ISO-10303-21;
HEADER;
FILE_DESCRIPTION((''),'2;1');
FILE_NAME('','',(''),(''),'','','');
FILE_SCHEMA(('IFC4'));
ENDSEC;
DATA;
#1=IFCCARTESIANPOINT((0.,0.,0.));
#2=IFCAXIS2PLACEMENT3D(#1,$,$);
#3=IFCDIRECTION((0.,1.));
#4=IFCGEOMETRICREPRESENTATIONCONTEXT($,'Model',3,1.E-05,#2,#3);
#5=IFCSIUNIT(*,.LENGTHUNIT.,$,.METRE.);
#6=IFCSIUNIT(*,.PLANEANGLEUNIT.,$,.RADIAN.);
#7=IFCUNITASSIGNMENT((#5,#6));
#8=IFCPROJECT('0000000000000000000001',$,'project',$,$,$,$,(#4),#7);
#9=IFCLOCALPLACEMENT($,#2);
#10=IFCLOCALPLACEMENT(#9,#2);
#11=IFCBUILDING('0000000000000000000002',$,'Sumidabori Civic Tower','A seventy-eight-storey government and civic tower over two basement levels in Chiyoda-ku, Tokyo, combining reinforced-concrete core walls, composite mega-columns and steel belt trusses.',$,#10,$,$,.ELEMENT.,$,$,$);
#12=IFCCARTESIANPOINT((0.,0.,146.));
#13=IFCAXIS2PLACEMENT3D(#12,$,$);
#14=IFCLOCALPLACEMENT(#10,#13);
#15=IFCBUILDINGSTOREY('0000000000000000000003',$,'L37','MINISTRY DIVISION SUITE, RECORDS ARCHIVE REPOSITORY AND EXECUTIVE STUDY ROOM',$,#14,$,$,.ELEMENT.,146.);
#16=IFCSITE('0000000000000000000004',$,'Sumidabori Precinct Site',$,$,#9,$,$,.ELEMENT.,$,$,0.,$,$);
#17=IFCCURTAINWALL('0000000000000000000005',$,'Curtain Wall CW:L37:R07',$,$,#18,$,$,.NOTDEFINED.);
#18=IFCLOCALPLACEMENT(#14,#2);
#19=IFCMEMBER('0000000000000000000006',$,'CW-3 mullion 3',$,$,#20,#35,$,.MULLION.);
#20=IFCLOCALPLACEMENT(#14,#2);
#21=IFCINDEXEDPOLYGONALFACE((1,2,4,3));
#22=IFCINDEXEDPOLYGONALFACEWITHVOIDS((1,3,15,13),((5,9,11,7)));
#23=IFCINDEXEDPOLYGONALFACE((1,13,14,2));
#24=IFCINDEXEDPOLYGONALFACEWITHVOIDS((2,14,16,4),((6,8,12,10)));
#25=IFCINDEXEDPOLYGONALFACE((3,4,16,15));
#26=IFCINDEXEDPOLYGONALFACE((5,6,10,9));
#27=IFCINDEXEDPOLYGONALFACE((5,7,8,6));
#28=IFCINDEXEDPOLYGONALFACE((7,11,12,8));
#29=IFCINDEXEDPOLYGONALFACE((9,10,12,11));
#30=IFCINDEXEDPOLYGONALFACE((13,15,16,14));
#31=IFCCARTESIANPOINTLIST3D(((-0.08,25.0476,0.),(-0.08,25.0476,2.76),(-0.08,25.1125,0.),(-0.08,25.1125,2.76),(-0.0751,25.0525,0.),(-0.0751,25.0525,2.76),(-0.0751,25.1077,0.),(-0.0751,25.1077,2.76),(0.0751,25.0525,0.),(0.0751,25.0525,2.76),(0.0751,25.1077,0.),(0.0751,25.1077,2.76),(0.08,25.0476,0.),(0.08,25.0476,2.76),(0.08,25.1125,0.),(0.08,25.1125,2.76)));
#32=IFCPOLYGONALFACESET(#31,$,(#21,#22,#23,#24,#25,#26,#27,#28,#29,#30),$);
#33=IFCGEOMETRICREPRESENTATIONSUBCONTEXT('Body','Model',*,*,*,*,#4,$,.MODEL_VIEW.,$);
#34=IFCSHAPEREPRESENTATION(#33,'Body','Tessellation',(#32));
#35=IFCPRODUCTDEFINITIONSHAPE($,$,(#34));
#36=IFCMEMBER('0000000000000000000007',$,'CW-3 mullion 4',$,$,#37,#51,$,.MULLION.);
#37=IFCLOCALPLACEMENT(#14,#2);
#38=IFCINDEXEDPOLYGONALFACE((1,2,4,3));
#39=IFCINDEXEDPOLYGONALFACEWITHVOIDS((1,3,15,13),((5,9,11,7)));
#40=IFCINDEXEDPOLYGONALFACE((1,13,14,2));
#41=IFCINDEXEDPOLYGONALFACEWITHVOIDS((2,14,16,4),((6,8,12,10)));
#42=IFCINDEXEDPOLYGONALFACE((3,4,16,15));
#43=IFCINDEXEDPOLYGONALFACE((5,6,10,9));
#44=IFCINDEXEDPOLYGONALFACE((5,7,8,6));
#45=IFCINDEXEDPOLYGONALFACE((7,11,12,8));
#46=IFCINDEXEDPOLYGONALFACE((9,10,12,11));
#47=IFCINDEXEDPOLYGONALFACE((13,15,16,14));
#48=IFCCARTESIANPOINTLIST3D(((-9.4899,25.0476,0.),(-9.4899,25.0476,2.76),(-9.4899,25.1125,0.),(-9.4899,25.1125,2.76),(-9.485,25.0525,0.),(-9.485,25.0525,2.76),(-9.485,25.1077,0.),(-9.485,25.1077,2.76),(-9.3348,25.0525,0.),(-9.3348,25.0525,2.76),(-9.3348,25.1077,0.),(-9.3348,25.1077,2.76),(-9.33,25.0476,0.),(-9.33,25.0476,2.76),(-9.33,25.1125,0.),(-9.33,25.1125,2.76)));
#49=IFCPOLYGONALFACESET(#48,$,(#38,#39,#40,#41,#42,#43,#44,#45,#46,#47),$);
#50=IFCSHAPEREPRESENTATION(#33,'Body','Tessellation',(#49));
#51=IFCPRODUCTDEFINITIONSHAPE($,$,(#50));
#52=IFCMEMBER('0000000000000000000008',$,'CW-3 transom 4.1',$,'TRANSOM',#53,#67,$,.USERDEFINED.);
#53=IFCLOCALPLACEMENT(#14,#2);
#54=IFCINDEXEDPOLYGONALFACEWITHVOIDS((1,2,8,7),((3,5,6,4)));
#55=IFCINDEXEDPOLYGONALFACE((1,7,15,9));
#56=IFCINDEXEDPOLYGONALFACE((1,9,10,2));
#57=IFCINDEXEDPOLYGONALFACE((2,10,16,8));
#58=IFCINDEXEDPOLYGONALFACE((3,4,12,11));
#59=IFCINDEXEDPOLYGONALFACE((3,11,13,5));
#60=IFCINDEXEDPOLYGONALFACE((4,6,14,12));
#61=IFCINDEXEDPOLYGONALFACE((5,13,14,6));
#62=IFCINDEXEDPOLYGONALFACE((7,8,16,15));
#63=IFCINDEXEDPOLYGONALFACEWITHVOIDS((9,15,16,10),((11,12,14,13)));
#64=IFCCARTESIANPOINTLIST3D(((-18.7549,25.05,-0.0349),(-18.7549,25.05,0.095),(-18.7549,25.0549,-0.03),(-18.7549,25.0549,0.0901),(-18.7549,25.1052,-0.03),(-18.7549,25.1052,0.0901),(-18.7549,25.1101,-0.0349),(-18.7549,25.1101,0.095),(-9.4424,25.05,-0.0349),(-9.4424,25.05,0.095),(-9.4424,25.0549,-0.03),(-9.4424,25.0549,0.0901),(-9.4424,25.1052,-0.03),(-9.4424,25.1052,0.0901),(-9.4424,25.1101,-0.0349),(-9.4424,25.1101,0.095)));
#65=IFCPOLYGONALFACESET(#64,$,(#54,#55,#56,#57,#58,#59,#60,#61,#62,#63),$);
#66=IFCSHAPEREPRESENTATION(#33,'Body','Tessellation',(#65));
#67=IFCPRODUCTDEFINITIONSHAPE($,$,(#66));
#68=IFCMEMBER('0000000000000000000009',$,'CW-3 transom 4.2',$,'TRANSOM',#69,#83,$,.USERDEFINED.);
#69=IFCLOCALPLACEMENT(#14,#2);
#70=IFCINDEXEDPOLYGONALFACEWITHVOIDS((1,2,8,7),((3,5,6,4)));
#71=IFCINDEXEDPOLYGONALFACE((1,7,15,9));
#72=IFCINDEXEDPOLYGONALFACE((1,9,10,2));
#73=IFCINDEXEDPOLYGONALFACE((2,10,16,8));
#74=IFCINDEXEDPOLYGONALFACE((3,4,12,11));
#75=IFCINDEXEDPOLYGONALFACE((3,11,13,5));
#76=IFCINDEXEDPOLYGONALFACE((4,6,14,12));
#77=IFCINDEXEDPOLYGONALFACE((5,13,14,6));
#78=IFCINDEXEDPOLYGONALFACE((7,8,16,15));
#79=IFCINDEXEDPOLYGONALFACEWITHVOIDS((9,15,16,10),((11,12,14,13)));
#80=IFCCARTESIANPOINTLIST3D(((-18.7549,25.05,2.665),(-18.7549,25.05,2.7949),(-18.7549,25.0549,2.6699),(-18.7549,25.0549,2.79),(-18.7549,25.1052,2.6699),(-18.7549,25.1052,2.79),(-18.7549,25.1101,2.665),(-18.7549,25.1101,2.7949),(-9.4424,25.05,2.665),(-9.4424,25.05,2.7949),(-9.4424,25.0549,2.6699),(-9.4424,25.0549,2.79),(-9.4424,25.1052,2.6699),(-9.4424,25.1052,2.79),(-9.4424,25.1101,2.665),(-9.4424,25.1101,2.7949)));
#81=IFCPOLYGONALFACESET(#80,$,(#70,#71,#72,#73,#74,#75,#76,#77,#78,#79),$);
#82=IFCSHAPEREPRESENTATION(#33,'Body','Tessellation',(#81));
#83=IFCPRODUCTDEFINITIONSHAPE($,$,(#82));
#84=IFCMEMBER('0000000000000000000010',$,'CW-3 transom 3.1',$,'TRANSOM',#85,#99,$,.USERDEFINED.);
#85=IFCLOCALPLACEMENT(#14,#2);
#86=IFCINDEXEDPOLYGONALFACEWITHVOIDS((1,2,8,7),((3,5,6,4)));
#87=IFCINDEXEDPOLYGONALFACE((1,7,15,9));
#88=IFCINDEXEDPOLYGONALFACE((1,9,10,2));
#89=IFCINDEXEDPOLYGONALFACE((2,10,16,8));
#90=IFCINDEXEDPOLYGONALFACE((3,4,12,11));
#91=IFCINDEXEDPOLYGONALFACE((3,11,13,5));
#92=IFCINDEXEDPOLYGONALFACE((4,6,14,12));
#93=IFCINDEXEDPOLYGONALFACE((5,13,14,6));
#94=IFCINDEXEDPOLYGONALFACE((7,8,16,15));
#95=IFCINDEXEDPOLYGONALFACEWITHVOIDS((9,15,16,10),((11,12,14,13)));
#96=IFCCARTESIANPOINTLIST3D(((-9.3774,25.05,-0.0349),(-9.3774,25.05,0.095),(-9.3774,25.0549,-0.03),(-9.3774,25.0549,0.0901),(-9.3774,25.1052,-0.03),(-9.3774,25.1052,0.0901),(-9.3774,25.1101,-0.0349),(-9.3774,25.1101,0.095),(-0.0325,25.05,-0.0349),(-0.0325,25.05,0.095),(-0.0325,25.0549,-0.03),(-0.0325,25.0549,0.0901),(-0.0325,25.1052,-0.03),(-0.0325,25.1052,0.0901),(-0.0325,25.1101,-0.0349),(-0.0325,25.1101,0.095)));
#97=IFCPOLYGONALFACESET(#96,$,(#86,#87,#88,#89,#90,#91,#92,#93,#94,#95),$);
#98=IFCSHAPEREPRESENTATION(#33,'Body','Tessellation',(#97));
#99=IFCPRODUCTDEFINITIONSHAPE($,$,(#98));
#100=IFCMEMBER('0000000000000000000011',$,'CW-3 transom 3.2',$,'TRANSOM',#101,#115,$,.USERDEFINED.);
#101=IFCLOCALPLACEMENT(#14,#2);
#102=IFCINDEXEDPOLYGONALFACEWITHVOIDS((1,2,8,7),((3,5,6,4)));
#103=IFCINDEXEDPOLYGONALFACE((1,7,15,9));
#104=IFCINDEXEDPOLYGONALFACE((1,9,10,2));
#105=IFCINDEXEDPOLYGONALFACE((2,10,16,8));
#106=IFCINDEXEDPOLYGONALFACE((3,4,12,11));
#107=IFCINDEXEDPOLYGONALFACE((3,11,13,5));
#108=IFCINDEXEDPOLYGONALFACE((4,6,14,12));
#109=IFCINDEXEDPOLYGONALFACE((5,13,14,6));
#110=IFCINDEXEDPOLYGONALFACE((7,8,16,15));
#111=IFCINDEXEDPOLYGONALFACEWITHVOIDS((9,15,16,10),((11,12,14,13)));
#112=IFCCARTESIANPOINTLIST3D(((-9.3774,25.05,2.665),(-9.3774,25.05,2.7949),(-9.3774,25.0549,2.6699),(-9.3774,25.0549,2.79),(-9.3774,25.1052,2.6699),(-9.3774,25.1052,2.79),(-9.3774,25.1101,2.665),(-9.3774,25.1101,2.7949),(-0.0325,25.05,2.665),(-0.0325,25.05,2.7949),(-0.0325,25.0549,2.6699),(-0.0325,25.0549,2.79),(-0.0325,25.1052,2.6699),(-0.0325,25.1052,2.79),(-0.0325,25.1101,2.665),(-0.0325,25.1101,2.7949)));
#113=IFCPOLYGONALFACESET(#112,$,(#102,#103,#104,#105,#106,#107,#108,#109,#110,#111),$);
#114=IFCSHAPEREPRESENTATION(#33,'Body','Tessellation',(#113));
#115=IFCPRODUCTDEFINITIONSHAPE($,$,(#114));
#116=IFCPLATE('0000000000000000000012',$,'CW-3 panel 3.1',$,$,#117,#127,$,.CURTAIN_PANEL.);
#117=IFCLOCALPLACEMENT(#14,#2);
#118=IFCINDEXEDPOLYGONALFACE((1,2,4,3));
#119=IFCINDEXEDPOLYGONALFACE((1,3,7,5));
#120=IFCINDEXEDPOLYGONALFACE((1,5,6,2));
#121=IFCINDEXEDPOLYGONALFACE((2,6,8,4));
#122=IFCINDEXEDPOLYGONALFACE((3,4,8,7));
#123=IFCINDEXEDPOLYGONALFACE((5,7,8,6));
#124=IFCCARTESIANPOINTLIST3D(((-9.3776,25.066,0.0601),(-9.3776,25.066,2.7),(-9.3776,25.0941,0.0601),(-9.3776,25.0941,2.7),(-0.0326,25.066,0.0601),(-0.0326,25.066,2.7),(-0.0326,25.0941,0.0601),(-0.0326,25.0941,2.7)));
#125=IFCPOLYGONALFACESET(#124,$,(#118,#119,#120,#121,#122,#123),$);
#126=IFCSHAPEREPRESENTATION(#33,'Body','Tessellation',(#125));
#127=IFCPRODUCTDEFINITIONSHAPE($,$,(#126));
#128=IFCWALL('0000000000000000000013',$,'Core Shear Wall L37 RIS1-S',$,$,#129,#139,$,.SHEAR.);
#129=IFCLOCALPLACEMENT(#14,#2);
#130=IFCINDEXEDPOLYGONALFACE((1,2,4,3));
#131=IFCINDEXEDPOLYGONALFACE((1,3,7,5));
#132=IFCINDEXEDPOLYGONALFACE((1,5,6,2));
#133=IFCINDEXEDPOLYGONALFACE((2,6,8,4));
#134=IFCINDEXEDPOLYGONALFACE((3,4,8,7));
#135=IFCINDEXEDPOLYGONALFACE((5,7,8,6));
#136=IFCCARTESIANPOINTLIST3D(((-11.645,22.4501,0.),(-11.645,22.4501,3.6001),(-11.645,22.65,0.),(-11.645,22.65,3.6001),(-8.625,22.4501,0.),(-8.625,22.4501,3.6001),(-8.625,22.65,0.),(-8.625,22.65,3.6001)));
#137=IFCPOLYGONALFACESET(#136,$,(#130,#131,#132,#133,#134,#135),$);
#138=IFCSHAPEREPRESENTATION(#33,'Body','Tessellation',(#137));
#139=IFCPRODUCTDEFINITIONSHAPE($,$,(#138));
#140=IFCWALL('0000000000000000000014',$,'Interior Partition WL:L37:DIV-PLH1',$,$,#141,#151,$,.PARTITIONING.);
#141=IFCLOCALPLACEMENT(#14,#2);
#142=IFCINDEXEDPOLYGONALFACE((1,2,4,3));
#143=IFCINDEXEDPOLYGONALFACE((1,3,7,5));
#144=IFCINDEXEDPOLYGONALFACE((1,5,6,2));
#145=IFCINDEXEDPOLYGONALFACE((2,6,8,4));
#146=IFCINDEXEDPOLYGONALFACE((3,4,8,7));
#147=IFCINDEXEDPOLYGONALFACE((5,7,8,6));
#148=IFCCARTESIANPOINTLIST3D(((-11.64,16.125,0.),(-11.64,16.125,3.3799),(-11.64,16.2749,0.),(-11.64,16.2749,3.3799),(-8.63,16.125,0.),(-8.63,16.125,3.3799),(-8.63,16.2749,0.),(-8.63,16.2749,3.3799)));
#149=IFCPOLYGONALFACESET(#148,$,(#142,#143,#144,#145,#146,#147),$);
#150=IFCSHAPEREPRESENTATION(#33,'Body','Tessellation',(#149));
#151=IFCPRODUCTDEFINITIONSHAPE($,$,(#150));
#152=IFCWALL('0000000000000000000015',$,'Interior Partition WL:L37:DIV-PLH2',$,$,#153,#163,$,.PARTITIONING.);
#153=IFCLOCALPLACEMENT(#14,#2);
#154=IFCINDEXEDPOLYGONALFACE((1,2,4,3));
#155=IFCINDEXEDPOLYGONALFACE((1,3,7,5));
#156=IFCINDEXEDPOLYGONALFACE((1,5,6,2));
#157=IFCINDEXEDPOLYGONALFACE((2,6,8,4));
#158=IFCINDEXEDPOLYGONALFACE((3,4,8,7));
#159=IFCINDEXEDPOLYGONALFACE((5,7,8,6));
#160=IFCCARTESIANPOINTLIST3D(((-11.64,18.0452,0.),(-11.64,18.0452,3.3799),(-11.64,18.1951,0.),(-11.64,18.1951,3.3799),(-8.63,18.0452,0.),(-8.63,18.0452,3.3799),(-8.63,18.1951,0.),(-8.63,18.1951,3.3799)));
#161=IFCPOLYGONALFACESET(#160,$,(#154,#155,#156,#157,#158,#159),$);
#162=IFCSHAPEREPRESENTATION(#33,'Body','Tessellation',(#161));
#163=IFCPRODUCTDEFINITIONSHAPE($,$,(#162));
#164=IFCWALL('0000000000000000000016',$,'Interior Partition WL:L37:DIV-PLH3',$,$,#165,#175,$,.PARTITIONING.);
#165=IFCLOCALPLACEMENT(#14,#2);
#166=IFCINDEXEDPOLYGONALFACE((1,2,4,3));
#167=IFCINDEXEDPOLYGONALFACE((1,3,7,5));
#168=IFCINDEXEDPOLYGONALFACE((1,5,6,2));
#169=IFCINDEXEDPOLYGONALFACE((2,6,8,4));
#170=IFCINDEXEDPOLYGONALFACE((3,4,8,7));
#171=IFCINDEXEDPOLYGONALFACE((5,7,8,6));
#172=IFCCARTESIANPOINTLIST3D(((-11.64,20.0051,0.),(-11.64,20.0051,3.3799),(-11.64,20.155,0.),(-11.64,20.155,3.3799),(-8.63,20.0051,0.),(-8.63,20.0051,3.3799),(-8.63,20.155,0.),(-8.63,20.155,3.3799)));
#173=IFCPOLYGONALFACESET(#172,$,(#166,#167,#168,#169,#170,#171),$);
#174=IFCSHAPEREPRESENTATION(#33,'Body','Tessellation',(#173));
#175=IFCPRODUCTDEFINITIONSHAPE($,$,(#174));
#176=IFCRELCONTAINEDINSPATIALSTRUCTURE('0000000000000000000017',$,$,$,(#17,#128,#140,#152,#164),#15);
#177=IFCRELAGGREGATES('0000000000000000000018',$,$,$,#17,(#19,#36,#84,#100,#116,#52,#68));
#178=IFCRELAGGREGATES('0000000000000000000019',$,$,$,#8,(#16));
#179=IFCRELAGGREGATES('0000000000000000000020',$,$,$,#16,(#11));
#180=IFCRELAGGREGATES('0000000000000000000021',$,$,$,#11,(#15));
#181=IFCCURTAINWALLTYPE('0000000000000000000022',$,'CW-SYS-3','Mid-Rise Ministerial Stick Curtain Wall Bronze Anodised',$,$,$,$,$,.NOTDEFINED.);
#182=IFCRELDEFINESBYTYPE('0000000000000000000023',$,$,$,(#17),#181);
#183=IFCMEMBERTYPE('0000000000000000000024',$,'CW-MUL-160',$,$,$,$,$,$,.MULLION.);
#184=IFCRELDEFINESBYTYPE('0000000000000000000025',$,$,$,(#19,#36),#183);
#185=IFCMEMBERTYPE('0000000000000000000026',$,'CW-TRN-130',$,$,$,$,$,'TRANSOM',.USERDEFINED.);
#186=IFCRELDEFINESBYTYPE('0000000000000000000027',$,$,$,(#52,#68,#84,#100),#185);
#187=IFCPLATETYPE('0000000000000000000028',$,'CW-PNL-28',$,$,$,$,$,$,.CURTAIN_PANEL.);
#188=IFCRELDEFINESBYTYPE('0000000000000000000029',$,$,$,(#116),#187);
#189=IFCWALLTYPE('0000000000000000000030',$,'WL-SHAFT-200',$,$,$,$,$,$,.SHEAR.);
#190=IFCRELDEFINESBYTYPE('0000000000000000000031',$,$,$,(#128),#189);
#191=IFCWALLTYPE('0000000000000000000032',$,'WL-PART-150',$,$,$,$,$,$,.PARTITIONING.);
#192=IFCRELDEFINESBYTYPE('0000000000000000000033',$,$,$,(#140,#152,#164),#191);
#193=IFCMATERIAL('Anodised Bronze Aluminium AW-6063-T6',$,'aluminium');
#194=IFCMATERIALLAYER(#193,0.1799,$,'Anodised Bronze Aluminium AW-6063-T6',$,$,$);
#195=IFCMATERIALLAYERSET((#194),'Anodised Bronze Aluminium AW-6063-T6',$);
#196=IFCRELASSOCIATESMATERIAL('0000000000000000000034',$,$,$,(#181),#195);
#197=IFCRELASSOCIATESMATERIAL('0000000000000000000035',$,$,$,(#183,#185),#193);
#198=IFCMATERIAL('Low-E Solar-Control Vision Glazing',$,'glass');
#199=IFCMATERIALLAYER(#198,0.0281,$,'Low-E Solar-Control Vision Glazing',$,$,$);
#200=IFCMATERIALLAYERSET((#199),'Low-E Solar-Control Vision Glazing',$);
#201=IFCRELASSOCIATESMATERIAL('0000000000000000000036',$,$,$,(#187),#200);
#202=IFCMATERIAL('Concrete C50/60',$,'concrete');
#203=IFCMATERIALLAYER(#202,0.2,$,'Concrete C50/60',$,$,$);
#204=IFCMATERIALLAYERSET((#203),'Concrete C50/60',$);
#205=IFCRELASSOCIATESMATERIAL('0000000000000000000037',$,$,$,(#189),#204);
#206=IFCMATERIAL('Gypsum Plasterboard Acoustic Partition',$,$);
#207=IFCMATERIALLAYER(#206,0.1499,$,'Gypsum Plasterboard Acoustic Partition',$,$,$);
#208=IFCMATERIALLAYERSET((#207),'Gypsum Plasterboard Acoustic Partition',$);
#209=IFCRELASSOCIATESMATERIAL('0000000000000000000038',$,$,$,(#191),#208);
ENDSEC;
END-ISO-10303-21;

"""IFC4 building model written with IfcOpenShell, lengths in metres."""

from ifc_helpers import new_model, si_unit, direction, frame, frame_2d, origin, origin_2d, place, context, subcontext, project, spatial, rectangle, hollow_rectangle, extrude, source, transform, mapped, material, layer, layer_set, material_profile, profile_set, type_object, element, aggregate, save


model = new_model("IFC4")

# Units and contexts
model_context = context("Model", 3, precision=1e-05, world=origin(), true_north=direction((0.0, 1.0)))
body_context = subcontext(model_context, "Body", "Model", "MODEL_VIEW")
ifc_project = project(units=[si_unit("LENGTHUNIT", "METRE"), si_unit("PLANEANGLEUNIT", "RADIAN")], contexts=[model_context])

# Site, building, storey
site_placement = place(None, origin())
site = spatial("IfcSite", under=ifc_project, at=site_placement, Name="Sumidabori Precinct Site", CompositionType="ELEMENT", RefElevation=0.0)
building_placement = place(site_placement, origin())
building = spatial("IfcBuilding", under=site, at=building_placement, Name="Sumidabori Civic Tower", Description="A seventy-eight-storey government and civic tower over two basement levels in Chiyoda-ku, Tokyo, combining reinforced-concrete core walls, composite mega-columns and steel belt trusses.", CompositionType="ELEMENT")
storey_placement = place(building_placement, frame((0.0, 0.0, 146.0)))
storey = spatial("IfcBuildingStorey", under=building, at=storey_placement, Name="L37", Description="MINISTRY DIVISION SUITE, RECORDS ARCHIVE REPOSITORY AND EXECUTIVE STUDY ROOM", CompositionType="ELEMENT", Elevation=146.0)

# Curtain wall, members, plate
ifc_material_1 = material(Name="Anodised Bronze Aluminium AW-6063-T6", Category="aluminium")
ifc_layer_1 = layer(ifc_material_1, 0.1799, Name="Anodised Bronze Aluminium AW-6063-T6")
ifc_layer_set_1 = layer_set([ifc_layer_1], Name="Anodised Bronze Aluminium AW-6063-T6")
curtain_wall_type = type_object("IfcCurtainWallType", Name="CW-SYS-3", Description="Mid-Rise Ministerial Stick Curtain Wall Bronze Anodised", PredefinedType="NOTDEFINED", material=ifc_layer_set_1)
curtain_wall_placement = place(storey_placement, origin())
curtain_wall = element("IfcCurtainWall", 1, at=curtain_wall_placement, inside=storey, type_object=curtain_wall_type, Name="Curtain Wall CW:L37:R07", PredefinedType="NOTDEFINED")
ifc_material_profile_1 = material_profile(ifc_material_1, hollow_rectangle(XDim=0.0649, YDim=0.1599, WallThickness=0.0049, at=origin_2d()), Name="ALU MULLION 160x65")
ifc_profile_set_1 = profile_set([ifc_material_profile_1], Name="Anodised Bronze Aluminium AW-6063-T6")
member_type_1 = type_object("IfcMemberType", Name="CW-MUL-160", PredefinedType="MULLION", material=ifc_profile_set_1)
shared_shape_1 = source(origin(), body_context, "Body", "SweptSolid", [
    extrude(hollow_rectangle(XDim=0.0649, YDim=0.1599, WallThickness=0.0049, at=origin_2d()), origin(), (0.0, 0.0, 1.0), 2.76),
])
member_1_placement = place(storey_placement, frame((0.0, 25.0801, 0.0), z_axis=(0.0, 0.0, 1.0), x_axis=(0.0, -1.0, 0.0)))
member_1 = element("IfcMember", 2, at=member_1_placement, type_object=member_type_1, Name="CW-3 mullion 3", PredefinedType="MULLION", context=body_context, shape_type="MappedRepresentation", body=[
    mapped(shared_shape_1, transform((0.0, 0.0, 0.0), x_axis=(1.0, 0.0, 0.0), y_axis=(0.0, 1.0, 0.0), z_axis=(0.0, 0.0, 1.0), scale=1.0)),
])
member_2_placement = place(storey_placement, frame((-9.4099, 25.0801, 0.0), z_axis=(0.0, 0.0, 1.0), x_axis=(0.0, -1.0, 0.0)))
member_2 = element("IfcMember", 3, at=member_2_placement, type_object=member_type_1, Name="CW-3 mullion 4", PredefinedType="MULLION", context=body_context, shape_type="MappedRepresentation", body=[
    mapped(shared_shape_1, transform((0.0, 0.0, 0.0), x_axis=(1.0, 0.0, 0.0), y_axis=(0.0, 1.0, 0.0), z_axis=(0.0, 0.0, 1.0), scale=1.0)),
])
ifc_material_profile_2 = material_profile(ifc_material_1, hollow_rectangle(XDim=0.0601, YDim=0.1299, WallThickness=0.0049, at=origin_2d()), Name="ALU TRANSOM 130x60")
ifc_profile_set_2 = profile_set([ifc_material_profile_2], Name="Anodised Bronze Aluminium AW-6063-T6")
member_type_2 = type_object("IfcMemberType", Name="CW-TRN-130", ElementType="TRANSOM", PredefinedType="USERDEFINED", material=ifc_profile_set_2)
shared_shape_2 = source(origin(), body_context, "Body", "SweptSolid", [
    extrude(hollow_rectangle(XDim=0.0601, YDim=0.1299, WallThickness=0.0049, at=origin_2d()), origin(), (0.0, 0.0, 1.0), 9.3125),
])
member_3_placement = place(storey_placement, frame((-9.4424, 25.0801, 0.03), z_axis=(-1.0, 0.0, 0.0), x_axis=(0.0, -1.0, 0.0)))
member_3 = element("IfcMember", 4, at=member_3_placement, type_object=member_type_2, Name="CW-3 transom 4.1", ObjectType="TRANSOM", PredefinedType="USERDEFINED", context=body_context, shape_type="MappedRepresentation", body=[
    mapped(shared_shape_2, transform((0.0, 0.0, 0.0), x_axis=(1.0, 0.0, 0.0), y_axis=(0.0, 1.0, 0.0), z_axis=(0.0, 0.0, 1.0), scale=1.0)),
])
member_4_placement = place(storey_placement, frame((-9.4424, 25.0801, 2.73), z_axis=(-1.0, 0.0, 0.0), x_axis=(0.0, -1.0, 0.0)))
member_4 = element("IfcMember", 5, at=member_4_placement, type_object=member_type_2, Name="CW-3 transom 4.2", ObjectType="TRANSOM", PredefinedType="USERDEFINED", context=body_context, shape_type="MappedRepresentation", body=[
    mapped(shared_shape_2, transform((0.0, 0.0, 0.0), x_axis=(1.0, 0.0, 0.0), y_axis=(0.0, 1.0, 0.0), z_axis=(0.0, 0.0, 1.0), scale=1.0)),
])
shared_shape_3 = source(origin(), body_context, "Body", "SweptSolid", [
    extrude(hollow_rectangle(XDim=0.0601, YDim=0.1299, WallThickness=0.0049, at=origin_2d()), origin(), (0.0, 0.0, 1.0), 9.345),
])
member_5_placement = place(storey_placement, frame((-0.0325, 25.0801, 0.03), z_axis=(-1.0, 0.0, 0.0), x_axis=(0.0, -1.0, 0.0)))
member_5 = element("IfcMember", 6, at=member_5_placement, type_object=member_type_2, Name="CW-3 transom 3.1", ObjectType="TRANSOM", PredefinedType="USERDEFINED", context=body_context, shape_type="MappedRepresentation", body=[
    mapped(shared_shape_3, transform((0.0, 0.0, 0.0), x_axis=(1.0, 0.0, 0.0), y_axis=(0.0, 1.0, 0.0), z_axis=(0.0, 0.0, 1.0), scale=1.0)),
])
member_6_placement = place(storey_placement, frame((-0.0325, 25.0801, 2.73), z_axis=(-1.0, 0.0, 0.0), x_axis=(0.0, -1.0, 0.0)))
member_6 = element("IfcMember", 7, at=member_6_placement, type_object=member_type_2, Name="CW-3 transom 3.2", ObjectType="TRANSOM", PredefinedType="USERDEFINED", context=body_context, shape_type="MappedRepresentation", body=[
    mapped(shared_shape_3, transform((0.0, 0.0, 0.0), x_axis=(1.0, 0.0, 0.0), y_axis=(0.0, 1.0, 0.0), z_axis=(0.0, 0.0, 1.0), scale=1.0)),
])
ifc_material_2 = material(Name="Low-E Solar-Control Vision Glazing", Category="glass")
ifc_layer_2 = layer(ifc_material_2, 0.0281, Name="Low-E Solar-Control Vision Glazing")
ifc_layer_set_2 = layer_set([ifc_layer_2], Name="Low-E Solar-Control Vision Glazing")
plate_type = type_object("IfcPlateType", Name="CW-PNL-28", PredefinedType="CURTAIN_PANEL", material=ifc_layer_set_2)
shared_shape_4 = source(origin(), body_context, "Body", "SweptSolid", [
    extrude(rectangle(XDim=9.345, YDim=0.0281, at=origin_2d()), origin(), (0.0, 0.0, 1.0), 2.6399),
])
plate_placement = place(storey_placement, frame((-4.7051, 25.0801, 0.0601), z_axis=(0.0, 0.0, 1.0), x_axis=(-1.0, 0.0, 0.0)))
plate = element("IfcPlate", 8, at=plate_placement, type_object=plate_type, Name="CW-3 panel 3.1", PredefinedType="CURTAIN_PANEL", context=body_context, shape_type="MappedRepresentation", body=[
    mapped(shared_shape_4, transform((0.0, 0.0, 0.0), x_axis=(1.0, 0.0, 0.0), y_axis=(0.0, 1.0, 0.0), z_axis=(0.0, 0.0, 1.0), scale=1.0)),
])
aggregate(curtain_wall, [member_1, member_2, member_5, member_6, plate, member_3, member_4])

# Walls
ifc_material_3 = material(Name="Concrete C50/60", Category="concrete")
ifc_layer_3 = layer(ifc_material_3, 0.2, Name="Concrete C50/60")
ifc_layer_set_3 = layer_set([ifc_layer_3], Name="Concrete C50/60")
wall_type_1 = type_object("IfcWallType", Name="WL-SHAFT-200", PredefinedType="SHEAR", material=ifc_layer_set_3)
shared_shape_5 = source(origin(), body_context, "Body", "SweptSolid", [
    extrude(rectangle(XDim=3.02, YDim=0.2, at=frame_2d((1.51, 0.0))), origin(), (0.0, 0.0, 1.0), 3.6001),
])
wall_1_placement = place(storey_placement, frame((-11.645, 22.55, 0.0), z_axis=(0.0, 0.0, 1.0), x_axis=(1.0, 0.0, 0.0)))
element("IfcWall", 9, at=wall_1_placement, inside=storey, type_object=wall_type_1, Name="Core Shear Wall L37 RIS1-S", PredefinedType="SHEAR", context=body_context, shape_type="MappedRepresentation", body=[
    mapped(shared_shape_5, transform((0.0, 0.0, 0.0), x_axis=(1.0, 0.0, 0.0), y_axis=(0.0, 1.0, 0.0), z_axis=(0.0, 0.0, 1.0), scale=1.0)),
])
ifc_material_4 = material(Name="Gypsum Plasterboard Acoustic Partition")
ifc_layer_4 = layer(ifc_material_4, 0.1499, Name="Gypsum Plasterboard Acoustic Partition")
ifc_layer_set_4 = layer_set([ifc_layer_4], Name="Gypsum Plasterboard Acoustic Partition")
wall_type_2 = type_object("IfcWallType", Name="WL-PART-150", PredefinedType="PARTITIONING", material=ifc_layer_set_4)
shared_shape_6 = source(origin(), body_context, "Body", "SweptSolid", [
    extrude(rectangle(XDim=3.01, YDim=0.1499, at=frame_2d((1.5049, 0.0))), origin(), (0.0, 0.0, 1.0), 3.3799),
])
for number, where, z_axis, x_axis, name in (
    (10, (-11.6399, 16.2, 0.0), (0.0, 0.0, 1.0), (1.0, 0.0, 0.0), "Interior Partition WL:L37:DIV-PLH1"),
    (11, (-11.6399, 18.1201, 0.0), (0.0, 0.0, 1.0), (1.0, 0.0, 0.0), "Interior Partition WL:L37:DIV-PLH2"),
    (12, (-11.6399, 20.0801, 0.0), (0.0, 0.0, 1.0), (1.0, 0.0, 0.0), "Interior Partition WL:L37:DIV-PLH3"),
):
    element("IfcWall", number, at=place(storey_placement, frame(where, z_axis=z_axis, x_axis=x_axis)), inside=storey, type_object=wall_type_2, Name=name, PredefinedType="PARTITIONING", context=body_context, shape_type="MappedRepresentation", body=[
        mapped(shared_shape_6, transform((0.0, 0.0, 0.0), x_axis=(1.0, 0.0, 0.0), y_axis=(0.0, 1.0, 0.0), z_axis=(0.0, 0.0, 1.0), scale=1.0)),
    ])

save(model, "model.ifc")
